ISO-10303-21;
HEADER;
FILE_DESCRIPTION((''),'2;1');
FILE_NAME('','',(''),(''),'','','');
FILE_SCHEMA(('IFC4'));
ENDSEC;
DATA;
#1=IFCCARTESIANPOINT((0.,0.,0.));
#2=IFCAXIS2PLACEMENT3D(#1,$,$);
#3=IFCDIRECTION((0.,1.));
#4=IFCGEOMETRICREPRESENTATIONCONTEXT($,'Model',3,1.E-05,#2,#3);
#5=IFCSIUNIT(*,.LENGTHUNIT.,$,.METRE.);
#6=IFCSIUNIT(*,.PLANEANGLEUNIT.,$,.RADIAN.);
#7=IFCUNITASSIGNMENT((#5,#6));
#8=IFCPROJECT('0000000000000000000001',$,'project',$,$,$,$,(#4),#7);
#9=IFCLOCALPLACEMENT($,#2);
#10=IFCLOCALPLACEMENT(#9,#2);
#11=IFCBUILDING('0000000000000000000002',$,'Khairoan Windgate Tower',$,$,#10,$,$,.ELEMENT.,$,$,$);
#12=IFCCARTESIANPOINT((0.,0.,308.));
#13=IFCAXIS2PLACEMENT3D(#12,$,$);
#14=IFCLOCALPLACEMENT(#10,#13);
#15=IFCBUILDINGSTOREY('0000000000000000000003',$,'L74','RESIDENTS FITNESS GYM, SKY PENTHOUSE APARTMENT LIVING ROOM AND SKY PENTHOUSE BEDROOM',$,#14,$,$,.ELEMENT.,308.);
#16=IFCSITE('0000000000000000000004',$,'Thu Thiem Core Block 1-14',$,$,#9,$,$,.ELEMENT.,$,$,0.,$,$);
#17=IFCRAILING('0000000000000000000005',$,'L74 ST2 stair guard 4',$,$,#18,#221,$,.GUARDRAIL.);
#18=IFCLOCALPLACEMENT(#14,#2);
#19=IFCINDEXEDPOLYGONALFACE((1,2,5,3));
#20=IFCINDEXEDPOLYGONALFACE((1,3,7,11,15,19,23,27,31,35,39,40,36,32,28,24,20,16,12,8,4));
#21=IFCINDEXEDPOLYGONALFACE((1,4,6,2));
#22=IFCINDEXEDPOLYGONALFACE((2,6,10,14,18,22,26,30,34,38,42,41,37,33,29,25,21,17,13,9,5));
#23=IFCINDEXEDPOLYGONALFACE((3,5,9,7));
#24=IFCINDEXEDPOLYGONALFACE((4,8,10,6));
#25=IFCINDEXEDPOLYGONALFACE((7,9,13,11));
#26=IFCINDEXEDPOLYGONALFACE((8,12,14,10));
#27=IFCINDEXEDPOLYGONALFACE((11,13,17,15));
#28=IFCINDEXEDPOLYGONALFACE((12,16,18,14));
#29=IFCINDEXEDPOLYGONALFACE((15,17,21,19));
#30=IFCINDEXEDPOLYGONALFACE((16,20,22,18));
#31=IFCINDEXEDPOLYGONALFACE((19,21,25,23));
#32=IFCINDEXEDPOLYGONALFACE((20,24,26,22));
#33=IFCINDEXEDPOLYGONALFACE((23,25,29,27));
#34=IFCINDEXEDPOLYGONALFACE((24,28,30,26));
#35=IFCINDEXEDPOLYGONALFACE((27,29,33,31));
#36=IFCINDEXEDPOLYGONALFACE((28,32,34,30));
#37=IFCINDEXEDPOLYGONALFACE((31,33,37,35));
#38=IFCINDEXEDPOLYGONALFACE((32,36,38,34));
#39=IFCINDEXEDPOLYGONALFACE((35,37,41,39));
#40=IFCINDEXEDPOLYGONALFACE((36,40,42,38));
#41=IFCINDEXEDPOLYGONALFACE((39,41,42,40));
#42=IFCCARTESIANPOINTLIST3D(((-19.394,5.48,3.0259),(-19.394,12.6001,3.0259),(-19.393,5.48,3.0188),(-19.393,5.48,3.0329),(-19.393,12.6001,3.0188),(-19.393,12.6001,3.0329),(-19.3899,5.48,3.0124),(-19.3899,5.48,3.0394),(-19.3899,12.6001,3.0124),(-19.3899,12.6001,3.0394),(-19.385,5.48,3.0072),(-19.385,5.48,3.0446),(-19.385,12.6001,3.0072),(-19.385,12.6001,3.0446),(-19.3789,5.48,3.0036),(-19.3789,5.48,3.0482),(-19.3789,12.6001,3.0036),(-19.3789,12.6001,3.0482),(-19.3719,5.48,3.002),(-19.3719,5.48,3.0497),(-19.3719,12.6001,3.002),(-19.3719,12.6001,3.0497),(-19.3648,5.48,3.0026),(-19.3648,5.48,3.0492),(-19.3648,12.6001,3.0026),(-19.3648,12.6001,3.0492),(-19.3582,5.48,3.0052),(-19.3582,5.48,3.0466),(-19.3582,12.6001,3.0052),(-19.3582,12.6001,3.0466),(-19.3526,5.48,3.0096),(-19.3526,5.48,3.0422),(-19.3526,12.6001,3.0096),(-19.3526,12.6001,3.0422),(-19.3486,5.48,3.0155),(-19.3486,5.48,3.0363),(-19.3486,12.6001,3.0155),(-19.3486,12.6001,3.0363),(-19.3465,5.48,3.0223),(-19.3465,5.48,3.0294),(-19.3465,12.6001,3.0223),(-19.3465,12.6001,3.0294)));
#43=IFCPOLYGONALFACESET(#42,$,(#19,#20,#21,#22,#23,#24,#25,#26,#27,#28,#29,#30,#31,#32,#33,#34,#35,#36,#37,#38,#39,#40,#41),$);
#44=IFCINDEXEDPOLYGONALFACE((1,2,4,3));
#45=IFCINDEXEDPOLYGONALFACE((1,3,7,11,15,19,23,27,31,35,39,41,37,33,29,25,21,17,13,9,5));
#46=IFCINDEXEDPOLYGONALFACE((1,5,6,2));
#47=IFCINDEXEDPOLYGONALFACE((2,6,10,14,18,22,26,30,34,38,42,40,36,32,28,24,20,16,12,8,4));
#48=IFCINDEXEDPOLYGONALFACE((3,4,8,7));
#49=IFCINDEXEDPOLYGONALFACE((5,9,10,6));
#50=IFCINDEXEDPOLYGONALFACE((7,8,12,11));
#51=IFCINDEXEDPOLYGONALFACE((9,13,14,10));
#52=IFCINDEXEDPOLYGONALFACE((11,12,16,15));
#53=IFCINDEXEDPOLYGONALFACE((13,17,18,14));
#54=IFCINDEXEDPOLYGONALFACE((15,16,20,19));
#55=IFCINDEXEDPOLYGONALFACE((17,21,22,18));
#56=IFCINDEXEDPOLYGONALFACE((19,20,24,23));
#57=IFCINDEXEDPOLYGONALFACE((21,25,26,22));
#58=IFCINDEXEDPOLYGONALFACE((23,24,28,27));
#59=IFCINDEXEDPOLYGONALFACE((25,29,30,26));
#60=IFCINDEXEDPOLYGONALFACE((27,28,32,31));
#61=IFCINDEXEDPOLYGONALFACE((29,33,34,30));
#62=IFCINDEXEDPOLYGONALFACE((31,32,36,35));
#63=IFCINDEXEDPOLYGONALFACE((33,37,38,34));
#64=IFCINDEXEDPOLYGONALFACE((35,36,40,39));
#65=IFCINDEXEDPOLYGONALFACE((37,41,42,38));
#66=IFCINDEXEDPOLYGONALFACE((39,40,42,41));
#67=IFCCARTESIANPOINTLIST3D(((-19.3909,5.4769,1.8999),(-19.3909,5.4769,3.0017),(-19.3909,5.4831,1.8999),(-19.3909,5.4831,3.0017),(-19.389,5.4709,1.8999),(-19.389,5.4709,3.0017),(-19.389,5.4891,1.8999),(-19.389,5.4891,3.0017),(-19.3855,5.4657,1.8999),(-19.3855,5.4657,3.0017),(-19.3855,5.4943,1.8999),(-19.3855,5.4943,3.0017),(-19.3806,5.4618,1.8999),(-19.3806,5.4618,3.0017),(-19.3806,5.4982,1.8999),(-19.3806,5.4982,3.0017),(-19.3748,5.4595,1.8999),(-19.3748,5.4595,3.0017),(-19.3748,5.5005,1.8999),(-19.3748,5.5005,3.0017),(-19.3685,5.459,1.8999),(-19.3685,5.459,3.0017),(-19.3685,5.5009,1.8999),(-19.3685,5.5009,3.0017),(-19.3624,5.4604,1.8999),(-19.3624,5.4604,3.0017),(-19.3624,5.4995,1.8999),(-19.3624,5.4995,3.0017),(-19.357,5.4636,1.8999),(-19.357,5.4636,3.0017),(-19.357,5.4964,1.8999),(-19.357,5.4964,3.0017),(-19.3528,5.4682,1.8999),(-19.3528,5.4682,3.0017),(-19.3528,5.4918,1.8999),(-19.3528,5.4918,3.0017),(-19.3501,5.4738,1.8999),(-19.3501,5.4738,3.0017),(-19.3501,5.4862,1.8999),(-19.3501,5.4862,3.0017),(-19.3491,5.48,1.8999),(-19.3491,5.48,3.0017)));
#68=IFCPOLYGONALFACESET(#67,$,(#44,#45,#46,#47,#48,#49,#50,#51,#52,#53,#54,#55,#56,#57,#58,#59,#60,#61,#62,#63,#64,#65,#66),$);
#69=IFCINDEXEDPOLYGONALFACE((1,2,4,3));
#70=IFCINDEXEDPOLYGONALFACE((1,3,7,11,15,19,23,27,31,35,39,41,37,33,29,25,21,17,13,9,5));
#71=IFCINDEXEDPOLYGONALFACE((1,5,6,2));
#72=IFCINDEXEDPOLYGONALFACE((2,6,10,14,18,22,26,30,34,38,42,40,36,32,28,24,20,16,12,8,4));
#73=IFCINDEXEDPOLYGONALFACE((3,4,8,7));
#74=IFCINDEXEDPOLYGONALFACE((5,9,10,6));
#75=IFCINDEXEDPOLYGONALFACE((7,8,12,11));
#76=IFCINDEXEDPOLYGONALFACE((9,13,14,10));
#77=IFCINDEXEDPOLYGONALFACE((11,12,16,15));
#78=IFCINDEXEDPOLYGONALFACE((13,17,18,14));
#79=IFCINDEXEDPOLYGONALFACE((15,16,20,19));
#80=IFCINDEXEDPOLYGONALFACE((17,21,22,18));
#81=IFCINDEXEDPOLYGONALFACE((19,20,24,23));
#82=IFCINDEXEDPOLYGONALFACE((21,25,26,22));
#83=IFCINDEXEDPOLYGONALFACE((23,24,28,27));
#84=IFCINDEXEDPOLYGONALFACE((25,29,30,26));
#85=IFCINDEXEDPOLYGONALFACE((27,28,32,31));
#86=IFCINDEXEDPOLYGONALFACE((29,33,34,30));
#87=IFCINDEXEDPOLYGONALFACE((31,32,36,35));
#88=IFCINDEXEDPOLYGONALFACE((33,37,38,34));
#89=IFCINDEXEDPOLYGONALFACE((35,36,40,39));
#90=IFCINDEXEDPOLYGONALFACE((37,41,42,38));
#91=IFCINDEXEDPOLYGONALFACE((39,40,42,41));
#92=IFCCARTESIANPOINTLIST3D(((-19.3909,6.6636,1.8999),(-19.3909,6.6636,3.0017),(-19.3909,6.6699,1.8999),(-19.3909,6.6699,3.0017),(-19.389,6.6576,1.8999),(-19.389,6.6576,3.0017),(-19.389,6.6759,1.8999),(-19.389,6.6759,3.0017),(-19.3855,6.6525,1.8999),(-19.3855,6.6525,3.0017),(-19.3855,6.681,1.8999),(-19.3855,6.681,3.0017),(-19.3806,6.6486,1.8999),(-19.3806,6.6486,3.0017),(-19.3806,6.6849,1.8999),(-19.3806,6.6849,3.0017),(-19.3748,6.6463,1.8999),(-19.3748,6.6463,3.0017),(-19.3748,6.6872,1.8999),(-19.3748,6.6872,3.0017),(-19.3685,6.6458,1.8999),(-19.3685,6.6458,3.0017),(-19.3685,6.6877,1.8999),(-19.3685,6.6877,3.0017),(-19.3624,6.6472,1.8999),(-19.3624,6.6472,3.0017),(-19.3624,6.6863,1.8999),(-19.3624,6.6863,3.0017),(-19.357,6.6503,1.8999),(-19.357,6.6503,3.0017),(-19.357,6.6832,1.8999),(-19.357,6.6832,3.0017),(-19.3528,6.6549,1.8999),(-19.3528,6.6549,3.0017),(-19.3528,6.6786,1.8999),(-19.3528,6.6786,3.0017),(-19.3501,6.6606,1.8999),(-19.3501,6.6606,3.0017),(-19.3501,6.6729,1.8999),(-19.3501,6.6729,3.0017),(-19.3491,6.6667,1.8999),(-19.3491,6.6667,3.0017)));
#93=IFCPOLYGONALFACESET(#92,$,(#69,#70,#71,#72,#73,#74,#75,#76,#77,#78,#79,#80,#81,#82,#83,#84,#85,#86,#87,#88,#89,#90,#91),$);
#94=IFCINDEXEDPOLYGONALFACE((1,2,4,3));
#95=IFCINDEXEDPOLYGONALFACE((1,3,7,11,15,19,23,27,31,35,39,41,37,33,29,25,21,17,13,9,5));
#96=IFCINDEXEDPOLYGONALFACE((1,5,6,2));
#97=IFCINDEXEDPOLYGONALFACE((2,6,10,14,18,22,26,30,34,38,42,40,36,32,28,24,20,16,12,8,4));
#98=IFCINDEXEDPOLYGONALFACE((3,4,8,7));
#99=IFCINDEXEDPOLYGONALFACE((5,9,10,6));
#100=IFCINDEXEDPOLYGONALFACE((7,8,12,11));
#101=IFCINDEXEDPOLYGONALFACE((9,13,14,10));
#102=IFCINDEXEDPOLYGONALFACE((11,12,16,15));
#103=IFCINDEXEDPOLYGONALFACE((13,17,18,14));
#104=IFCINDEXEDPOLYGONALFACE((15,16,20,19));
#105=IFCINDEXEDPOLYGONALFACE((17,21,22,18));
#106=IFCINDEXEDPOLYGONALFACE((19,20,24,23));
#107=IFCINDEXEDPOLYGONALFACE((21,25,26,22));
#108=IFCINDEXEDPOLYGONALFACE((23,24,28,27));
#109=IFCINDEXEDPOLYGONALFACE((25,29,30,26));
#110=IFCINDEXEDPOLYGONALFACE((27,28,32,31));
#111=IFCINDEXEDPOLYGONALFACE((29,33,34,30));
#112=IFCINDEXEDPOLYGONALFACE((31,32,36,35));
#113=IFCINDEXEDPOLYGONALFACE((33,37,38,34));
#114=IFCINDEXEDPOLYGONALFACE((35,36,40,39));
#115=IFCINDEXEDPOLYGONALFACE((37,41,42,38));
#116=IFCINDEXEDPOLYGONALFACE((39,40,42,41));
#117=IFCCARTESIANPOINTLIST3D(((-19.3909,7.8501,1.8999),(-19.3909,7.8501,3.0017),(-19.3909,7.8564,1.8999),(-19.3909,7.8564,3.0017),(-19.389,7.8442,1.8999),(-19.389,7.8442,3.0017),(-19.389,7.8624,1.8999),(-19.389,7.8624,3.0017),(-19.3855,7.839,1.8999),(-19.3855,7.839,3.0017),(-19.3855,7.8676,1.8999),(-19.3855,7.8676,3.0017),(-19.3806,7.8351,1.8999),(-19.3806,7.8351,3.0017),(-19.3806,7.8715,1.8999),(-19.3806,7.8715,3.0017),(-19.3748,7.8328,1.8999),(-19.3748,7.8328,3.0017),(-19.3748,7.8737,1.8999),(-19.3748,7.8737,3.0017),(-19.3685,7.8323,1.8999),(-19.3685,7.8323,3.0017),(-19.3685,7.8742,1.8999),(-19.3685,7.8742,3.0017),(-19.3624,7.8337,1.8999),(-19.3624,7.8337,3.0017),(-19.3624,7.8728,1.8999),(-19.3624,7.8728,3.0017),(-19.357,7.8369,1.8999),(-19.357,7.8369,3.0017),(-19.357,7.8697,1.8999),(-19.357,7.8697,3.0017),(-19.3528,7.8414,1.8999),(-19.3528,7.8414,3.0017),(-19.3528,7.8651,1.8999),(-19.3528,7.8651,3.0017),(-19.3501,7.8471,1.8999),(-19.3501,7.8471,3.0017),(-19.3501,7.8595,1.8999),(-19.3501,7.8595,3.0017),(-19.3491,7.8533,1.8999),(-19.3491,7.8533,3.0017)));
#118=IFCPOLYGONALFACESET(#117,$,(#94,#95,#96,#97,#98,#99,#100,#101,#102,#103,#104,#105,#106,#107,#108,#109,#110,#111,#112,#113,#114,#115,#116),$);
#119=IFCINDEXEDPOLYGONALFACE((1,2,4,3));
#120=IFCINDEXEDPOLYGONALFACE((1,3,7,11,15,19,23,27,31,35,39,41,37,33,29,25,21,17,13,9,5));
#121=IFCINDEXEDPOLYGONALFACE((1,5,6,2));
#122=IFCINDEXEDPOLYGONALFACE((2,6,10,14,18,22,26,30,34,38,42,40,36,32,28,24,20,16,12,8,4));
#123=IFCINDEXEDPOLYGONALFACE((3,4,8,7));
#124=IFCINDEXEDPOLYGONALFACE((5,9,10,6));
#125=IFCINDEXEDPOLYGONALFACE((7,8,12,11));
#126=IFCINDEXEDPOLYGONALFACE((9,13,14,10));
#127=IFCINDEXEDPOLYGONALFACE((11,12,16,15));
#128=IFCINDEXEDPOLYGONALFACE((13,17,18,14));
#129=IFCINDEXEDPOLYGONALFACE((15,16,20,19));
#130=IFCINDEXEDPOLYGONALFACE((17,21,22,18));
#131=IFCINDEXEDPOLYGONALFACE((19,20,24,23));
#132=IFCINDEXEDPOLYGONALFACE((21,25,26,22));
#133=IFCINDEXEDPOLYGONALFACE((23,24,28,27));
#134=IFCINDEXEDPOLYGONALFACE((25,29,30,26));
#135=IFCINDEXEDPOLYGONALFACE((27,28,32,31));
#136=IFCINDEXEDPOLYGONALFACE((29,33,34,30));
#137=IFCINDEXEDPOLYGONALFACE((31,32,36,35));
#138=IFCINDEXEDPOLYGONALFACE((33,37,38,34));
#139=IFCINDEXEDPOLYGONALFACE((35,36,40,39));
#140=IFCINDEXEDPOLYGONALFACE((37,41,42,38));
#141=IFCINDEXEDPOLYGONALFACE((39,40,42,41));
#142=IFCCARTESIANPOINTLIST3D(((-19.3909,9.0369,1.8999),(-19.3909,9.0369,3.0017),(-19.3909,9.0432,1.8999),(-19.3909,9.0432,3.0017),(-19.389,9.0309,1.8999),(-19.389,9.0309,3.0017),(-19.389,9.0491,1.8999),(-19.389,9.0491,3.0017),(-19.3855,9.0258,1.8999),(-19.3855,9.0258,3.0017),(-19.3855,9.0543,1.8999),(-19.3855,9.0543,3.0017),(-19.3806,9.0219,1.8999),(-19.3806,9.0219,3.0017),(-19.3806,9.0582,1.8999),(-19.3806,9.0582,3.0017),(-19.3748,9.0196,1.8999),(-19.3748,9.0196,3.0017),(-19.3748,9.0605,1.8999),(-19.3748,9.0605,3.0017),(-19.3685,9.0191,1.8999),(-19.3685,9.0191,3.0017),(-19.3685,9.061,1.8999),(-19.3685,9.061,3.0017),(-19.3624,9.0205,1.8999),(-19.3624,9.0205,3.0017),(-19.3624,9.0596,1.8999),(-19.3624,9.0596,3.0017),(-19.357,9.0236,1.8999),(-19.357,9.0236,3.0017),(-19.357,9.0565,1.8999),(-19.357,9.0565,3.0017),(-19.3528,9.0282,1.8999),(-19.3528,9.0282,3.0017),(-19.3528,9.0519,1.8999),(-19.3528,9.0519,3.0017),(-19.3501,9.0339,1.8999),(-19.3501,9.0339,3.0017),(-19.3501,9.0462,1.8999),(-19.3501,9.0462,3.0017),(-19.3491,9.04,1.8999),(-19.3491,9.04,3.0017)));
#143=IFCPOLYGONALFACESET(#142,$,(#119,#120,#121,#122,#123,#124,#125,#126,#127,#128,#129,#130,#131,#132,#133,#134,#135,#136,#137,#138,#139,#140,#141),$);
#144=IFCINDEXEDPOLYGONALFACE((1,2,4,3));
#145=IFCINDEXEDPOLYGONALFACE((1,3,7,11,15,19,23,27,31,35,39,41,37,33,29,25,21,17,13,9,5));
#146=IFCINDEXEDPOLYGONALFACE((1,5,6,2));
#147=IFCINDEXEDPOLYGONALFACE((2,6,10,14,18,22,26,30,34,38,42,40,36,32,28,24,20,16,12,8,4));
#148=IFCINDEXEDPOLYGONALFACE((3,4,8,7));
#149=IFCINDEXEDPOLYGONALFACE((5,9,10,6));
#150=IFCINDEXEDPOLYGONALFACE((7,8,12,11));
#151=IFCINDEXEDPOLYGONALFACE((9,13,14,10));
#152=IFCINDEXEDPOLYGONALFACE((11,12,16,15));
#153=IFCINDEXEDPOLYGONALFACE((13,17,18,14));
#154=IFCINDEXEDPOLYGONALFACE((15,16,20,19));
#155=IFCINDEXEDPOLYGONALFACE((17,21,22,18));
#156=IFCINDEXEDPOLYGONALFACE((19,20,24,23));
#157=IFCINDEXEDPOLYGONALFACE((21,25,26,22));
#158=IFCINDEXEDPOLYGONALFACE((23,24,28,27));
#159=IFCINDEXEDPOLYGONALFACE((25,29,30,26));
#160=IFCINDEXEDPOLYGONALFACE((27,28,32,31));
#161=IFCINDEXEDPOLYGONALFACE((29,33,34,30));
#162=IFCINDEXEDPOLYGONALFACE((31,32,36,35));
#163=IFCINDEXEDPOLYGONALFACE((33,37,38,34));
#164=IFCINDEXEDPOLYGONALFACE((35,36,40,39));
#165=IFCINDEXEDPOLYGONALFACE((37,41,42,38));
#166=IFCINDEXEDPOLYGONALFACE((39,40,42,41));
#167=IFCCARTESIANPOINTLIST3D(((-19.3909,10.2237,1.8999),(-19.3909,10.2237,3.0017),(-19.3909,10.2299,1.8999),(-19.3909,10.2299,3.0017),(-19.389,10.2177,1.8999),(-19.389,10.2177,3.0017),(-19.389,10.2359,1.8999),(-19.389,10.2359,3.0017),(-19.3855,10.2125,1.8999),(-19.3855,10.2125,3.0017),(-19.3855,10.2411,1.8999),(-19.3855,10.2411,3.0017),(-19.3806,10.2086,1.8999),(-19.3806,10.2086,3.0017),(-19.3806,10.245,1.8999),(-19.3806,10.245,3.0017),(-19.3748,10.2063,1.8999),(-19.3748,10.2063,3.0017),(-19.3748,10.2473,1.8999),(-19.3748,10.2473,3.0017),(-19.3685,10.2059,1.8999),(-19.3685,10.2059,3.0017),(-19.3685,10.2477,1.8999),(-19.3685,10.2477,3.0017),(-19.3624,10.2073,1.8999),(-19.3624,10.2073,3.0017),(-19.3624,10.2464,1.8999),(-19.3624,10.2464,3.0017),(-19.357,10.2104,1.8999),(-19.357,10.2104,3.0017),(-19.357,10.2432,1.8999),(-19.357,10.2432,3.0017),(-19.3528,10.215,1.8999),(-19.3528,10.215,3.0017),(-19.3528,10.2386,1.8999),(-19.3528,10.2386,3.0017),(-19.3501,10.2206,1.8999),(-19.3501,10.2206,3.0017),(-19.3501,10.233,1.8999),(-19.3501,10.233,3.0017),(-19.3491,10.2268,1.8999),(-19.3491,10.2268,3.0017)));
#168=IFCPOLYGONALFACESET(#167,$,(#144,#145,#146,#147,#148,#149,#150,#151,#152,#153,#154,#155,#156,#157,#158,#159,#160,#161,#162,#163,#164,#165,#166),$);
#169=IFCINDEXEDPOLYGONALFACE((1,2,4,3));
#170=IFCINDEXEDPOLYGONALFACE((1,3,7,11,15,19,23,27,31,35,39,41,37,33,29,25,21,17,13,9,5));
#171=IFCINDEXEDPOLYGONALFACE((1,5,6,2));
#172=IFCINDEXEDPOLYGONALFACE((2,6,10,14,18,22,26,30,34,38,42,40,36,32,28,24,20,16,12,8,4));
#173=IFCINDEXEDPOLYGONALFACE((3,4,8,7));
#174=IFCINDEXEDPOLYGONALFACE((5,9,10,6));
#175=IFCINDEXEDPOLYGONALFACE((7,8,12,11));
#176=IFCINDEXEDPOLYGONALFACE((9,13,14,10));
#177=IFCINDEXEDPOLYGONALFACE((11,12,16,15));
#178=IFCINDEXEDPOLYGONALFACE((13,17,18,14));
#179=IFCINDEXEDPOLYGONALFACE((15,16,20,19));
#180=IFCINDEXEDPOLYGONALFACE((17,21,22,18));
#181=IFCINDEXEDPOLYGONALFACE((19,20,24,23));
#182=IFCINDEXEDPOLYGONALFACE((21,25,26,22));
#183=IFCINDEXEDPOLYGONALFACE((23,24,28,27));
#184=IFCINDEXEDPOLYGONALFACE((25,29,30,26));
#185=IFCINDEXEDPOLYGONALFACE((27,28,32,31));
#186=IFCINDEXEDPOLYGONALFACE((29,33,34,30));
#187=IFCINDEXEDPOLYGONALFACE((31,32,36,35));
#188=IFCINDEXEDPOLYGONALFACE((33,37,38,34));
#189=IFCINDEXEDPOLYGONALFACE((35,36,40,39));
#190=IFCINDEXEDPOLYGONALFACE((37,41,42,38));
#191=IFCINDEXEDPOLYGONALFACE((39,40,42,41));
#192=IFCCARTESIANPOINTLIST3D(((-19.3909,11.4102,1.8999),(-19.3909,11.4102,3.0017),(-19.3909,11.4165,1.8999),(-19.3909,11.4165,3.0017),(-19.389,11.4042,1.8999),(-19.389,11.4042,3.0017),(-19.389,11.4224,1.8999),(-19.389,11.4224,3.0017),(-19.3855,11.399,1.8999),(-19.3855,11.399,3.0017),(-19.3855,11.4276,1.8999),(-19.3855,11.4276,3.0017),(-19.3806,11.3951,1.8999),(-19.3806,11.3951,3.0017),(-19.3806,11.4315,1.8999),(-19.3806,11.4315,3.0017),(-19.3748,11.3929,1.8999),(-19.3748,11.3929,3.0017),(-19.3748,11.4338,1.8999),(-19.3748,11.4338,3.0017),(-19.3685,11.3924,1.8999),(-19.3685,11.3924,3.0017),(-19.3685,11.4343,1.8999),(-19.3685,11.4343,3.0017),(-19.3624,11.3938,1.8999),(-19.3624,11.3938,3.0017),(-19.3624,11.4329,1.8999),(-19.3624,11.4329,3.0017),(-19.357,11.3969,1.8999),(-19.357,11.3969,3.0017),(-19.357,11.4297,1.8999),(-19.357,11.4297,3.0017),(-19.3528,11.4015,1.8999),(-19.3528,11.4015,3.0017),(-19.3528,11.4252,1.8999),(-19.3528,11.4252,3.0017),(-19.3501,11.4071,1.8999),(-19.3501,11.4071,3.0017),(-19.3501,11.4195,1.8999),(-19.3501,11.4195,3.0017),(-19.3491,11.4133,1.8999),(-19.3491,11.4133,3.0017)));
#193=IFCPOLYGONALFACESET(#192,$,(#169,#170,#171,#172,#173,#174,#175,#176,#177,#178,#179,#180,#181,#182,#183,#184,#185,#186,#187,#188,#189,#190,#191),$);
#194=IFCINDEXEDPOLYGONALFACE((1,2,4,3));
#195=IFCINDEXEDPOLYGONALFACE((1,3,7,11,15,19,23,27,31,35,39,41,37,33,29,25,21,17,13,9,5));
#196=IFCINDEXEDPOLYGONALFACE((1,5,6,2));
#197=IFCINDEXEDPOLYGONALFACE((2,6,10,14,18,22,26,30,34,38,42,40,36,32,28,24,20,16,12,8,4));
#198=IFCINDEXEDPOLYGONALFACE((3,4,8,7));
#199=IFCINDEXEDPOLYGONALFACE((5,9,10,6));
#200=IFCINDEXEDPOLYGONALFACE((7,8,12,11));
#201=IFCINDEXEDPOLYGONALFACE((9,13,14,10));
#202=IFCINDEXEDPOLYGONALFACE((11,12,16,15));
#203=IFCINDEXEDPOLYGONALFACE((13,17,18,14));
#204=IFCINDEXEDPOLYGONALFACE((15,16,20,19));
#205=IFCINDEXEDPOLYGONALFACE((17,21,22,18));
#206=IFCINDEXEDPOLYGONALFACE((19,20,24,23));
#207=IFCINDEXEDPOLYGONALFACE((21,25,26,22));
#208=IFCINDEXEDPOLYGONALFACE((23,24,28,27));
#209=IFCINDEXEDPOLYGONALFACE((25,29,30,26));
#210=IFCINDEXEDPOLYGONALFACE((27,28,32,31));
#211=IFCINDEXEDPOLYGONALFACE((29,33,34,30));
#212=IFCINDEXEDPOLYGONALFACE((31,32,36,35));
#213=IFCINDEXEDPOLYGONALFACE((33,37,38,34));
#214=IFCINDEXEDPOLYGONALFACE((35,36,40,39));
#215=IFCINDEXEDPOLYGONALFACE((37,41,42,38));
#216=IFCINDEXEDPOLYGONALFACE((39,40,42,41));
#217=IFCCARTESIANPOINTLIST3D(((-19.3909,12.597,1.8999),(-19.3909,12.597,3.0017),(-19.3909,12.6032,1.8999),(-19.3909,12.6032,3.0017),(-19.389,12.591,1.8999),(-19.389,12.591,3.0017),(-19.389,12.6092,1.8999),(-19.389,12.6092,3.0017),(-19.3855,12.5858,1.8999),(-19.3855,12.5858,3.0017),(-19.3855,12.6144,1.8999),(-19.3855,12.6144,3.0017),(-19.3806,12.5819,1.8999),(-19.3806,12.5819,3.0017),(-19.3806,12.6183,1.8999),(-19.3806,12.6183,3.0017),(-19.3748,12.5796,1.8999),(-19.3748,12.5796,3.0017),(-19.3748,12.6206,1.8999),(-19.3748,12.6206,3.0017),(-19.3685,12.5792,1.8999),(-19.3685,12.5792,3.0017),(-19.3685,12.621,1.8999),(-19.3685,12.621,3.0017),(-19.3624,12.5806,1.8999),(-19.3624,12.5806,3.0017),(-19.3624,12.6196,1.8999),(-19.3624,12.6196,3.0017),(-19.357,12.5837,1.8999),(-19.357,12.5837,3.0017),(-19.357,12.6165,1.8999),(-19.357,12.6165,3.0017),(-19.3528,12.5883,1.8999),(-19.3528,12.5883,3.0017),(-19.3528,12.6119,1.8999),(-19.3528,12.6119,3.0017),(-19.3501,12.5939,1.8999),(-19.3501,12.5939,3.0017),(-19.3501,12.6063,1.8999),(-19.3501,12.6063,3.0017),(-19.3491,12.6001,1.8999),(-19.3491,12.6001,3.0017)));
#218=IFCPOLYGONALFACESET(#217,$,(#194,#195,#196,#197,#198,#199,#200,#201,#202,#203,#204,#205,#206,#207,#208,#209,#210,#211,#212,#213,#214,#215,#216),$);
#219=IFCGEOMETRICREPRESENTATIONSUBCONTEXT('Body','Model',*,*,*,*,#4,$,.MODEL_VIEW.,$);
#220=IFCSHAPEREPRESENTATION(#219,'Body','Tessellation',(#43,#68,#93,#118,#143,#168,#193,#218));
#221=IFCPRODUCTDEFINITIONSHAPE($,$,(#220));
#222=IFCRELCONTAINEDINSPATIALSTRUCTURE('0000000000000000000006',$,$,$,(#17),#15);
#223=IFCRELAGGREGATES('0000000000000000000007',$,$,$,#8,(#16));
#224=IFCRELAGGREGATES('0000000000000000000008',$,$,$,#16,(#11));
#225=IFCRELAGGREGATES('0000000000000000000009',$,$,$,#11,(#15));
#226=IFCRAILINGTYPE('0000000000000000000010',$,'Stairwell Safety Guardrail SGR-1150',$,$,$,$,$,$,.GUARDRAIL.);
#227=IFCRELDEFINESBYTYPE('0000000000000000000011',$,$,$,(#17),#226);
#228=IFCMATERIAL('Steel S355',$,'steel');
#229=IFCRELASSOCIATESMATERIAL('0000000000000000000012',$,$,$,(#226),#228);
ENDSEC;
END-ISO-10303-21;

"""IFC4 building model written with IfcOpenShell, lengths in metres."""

from ifc_helpers import new_model, si_unit, direction, frame, origin, origin_2d, place, context, subcontext, project, spatial, circle, extrude, material, type_object, element, save


model = new_model("IFC4")

# Units and contexts
model_context = context("Model", 3, precision=1e-05, world=origin(), true_north=direction((0.0, 1.0)))
body_context = subcontext(model_context, "Body", "Model", "MODEL_VIEW")
ifc_project = project(units=[si_unit("LENGTHUNIT", "METRE"), si_unit("PLANEANGLEUNIT", "RADIAN")], contexts=[model_context])

# Site, building, storey
site_placement = place(None, origin())
site = spatial("IfcSite", under=ifc_project, at=site_placement, Name="Thu Thiem Core Block 1-14", CompositionType="ELEMENT", RefElevation=0.0)
building_placement = place(site_placement, origin())
building = spatial("IfcBuilding", under=site, at=building_placement, Name="Khairoan Windgate Tower", CompositionType="ELEMENT")
storey_placement = place(building_placement, frame((0.0, 0.0, 308.0)))
storey = spatial("IfcBuildingStorey", under=building, at=storey_placement, Name="L74", Description="RESIDENTS FITNESS GYM, SKY PENTHOUSE APARTMENT LIVING ROOM AND SKY PENTHOUSE BEDROOM", CompositionType="ELEMENT", Elevation=308.0)

# Railing
ifc_material_1 = material(Name="Steel S355", Category="steel")
railing_type_1 = type_object("IfcRailingType", Name="Stairwell Safety Guardrail SGR-1150", PredefinedType="GUARDRAIL", material=ifc_material_1)
railing_1_placement = place(storey_placement, frame((-19.3701, 5.48, 1.8999)))
element("IfcRailing", 1, at=railing_1_placement, inside=storey, type_object=railing_type_1, Name="L74 ST2 stair guard 4", PredefinedType="GUARDRAIL", context=body_context, shape_type="SweptSolid", body=[
    extrude(circle(Radius=0.0239, at=origin_2d()), frame((0.0, 0.0, 1.126), z_axis=(0.0, 1.0, 0.0), x_axis=(-1.0, 0.0, 0.0)), (0.0, 0.0, 1.0), 7.1201),
    extrude(circle(Radius=0.021, at=origin_2d()), origin(), (0.0, 0.0, 1.0), 1.1018),
    extrude(circle(Radius=0.021, at=origin_2d()), frame((0.0, 1.1868, 0.0)), (0.0, 0.0, 1.0), 1.1018),
    extrude(circle(Radius=0.021, at=origin_2d()), frame((0.0, 2.3733, 0.0)), (0.0, 0.0, 1.0), 1.1018),
    extrude(circle(Radius=0.021, at=origin_2d()), frame((0.0, 3.5601, 0.0)), (0.0, 0.0, 1.0), 1.1018),
    extrude(circle(Radius=0.021, at=origin_2d()), frame((0.0, 4.7468, 0.0)), (0.0, 0.0, 1.0), 1.1018),
    extrude(circle(Radius=0.021, at=origin_2d()), frame((0.0, 5.9333, 0.0)), (0.0, 0.0, 1.0), 1.1018),
    extrude(circle(Radius=0.021, at=origin_2d()), frame((0.0, 7.1201, 0.0)), (0.0, 0.0, 1.0), 1.1018),
])

save(model, "model.ifc")
